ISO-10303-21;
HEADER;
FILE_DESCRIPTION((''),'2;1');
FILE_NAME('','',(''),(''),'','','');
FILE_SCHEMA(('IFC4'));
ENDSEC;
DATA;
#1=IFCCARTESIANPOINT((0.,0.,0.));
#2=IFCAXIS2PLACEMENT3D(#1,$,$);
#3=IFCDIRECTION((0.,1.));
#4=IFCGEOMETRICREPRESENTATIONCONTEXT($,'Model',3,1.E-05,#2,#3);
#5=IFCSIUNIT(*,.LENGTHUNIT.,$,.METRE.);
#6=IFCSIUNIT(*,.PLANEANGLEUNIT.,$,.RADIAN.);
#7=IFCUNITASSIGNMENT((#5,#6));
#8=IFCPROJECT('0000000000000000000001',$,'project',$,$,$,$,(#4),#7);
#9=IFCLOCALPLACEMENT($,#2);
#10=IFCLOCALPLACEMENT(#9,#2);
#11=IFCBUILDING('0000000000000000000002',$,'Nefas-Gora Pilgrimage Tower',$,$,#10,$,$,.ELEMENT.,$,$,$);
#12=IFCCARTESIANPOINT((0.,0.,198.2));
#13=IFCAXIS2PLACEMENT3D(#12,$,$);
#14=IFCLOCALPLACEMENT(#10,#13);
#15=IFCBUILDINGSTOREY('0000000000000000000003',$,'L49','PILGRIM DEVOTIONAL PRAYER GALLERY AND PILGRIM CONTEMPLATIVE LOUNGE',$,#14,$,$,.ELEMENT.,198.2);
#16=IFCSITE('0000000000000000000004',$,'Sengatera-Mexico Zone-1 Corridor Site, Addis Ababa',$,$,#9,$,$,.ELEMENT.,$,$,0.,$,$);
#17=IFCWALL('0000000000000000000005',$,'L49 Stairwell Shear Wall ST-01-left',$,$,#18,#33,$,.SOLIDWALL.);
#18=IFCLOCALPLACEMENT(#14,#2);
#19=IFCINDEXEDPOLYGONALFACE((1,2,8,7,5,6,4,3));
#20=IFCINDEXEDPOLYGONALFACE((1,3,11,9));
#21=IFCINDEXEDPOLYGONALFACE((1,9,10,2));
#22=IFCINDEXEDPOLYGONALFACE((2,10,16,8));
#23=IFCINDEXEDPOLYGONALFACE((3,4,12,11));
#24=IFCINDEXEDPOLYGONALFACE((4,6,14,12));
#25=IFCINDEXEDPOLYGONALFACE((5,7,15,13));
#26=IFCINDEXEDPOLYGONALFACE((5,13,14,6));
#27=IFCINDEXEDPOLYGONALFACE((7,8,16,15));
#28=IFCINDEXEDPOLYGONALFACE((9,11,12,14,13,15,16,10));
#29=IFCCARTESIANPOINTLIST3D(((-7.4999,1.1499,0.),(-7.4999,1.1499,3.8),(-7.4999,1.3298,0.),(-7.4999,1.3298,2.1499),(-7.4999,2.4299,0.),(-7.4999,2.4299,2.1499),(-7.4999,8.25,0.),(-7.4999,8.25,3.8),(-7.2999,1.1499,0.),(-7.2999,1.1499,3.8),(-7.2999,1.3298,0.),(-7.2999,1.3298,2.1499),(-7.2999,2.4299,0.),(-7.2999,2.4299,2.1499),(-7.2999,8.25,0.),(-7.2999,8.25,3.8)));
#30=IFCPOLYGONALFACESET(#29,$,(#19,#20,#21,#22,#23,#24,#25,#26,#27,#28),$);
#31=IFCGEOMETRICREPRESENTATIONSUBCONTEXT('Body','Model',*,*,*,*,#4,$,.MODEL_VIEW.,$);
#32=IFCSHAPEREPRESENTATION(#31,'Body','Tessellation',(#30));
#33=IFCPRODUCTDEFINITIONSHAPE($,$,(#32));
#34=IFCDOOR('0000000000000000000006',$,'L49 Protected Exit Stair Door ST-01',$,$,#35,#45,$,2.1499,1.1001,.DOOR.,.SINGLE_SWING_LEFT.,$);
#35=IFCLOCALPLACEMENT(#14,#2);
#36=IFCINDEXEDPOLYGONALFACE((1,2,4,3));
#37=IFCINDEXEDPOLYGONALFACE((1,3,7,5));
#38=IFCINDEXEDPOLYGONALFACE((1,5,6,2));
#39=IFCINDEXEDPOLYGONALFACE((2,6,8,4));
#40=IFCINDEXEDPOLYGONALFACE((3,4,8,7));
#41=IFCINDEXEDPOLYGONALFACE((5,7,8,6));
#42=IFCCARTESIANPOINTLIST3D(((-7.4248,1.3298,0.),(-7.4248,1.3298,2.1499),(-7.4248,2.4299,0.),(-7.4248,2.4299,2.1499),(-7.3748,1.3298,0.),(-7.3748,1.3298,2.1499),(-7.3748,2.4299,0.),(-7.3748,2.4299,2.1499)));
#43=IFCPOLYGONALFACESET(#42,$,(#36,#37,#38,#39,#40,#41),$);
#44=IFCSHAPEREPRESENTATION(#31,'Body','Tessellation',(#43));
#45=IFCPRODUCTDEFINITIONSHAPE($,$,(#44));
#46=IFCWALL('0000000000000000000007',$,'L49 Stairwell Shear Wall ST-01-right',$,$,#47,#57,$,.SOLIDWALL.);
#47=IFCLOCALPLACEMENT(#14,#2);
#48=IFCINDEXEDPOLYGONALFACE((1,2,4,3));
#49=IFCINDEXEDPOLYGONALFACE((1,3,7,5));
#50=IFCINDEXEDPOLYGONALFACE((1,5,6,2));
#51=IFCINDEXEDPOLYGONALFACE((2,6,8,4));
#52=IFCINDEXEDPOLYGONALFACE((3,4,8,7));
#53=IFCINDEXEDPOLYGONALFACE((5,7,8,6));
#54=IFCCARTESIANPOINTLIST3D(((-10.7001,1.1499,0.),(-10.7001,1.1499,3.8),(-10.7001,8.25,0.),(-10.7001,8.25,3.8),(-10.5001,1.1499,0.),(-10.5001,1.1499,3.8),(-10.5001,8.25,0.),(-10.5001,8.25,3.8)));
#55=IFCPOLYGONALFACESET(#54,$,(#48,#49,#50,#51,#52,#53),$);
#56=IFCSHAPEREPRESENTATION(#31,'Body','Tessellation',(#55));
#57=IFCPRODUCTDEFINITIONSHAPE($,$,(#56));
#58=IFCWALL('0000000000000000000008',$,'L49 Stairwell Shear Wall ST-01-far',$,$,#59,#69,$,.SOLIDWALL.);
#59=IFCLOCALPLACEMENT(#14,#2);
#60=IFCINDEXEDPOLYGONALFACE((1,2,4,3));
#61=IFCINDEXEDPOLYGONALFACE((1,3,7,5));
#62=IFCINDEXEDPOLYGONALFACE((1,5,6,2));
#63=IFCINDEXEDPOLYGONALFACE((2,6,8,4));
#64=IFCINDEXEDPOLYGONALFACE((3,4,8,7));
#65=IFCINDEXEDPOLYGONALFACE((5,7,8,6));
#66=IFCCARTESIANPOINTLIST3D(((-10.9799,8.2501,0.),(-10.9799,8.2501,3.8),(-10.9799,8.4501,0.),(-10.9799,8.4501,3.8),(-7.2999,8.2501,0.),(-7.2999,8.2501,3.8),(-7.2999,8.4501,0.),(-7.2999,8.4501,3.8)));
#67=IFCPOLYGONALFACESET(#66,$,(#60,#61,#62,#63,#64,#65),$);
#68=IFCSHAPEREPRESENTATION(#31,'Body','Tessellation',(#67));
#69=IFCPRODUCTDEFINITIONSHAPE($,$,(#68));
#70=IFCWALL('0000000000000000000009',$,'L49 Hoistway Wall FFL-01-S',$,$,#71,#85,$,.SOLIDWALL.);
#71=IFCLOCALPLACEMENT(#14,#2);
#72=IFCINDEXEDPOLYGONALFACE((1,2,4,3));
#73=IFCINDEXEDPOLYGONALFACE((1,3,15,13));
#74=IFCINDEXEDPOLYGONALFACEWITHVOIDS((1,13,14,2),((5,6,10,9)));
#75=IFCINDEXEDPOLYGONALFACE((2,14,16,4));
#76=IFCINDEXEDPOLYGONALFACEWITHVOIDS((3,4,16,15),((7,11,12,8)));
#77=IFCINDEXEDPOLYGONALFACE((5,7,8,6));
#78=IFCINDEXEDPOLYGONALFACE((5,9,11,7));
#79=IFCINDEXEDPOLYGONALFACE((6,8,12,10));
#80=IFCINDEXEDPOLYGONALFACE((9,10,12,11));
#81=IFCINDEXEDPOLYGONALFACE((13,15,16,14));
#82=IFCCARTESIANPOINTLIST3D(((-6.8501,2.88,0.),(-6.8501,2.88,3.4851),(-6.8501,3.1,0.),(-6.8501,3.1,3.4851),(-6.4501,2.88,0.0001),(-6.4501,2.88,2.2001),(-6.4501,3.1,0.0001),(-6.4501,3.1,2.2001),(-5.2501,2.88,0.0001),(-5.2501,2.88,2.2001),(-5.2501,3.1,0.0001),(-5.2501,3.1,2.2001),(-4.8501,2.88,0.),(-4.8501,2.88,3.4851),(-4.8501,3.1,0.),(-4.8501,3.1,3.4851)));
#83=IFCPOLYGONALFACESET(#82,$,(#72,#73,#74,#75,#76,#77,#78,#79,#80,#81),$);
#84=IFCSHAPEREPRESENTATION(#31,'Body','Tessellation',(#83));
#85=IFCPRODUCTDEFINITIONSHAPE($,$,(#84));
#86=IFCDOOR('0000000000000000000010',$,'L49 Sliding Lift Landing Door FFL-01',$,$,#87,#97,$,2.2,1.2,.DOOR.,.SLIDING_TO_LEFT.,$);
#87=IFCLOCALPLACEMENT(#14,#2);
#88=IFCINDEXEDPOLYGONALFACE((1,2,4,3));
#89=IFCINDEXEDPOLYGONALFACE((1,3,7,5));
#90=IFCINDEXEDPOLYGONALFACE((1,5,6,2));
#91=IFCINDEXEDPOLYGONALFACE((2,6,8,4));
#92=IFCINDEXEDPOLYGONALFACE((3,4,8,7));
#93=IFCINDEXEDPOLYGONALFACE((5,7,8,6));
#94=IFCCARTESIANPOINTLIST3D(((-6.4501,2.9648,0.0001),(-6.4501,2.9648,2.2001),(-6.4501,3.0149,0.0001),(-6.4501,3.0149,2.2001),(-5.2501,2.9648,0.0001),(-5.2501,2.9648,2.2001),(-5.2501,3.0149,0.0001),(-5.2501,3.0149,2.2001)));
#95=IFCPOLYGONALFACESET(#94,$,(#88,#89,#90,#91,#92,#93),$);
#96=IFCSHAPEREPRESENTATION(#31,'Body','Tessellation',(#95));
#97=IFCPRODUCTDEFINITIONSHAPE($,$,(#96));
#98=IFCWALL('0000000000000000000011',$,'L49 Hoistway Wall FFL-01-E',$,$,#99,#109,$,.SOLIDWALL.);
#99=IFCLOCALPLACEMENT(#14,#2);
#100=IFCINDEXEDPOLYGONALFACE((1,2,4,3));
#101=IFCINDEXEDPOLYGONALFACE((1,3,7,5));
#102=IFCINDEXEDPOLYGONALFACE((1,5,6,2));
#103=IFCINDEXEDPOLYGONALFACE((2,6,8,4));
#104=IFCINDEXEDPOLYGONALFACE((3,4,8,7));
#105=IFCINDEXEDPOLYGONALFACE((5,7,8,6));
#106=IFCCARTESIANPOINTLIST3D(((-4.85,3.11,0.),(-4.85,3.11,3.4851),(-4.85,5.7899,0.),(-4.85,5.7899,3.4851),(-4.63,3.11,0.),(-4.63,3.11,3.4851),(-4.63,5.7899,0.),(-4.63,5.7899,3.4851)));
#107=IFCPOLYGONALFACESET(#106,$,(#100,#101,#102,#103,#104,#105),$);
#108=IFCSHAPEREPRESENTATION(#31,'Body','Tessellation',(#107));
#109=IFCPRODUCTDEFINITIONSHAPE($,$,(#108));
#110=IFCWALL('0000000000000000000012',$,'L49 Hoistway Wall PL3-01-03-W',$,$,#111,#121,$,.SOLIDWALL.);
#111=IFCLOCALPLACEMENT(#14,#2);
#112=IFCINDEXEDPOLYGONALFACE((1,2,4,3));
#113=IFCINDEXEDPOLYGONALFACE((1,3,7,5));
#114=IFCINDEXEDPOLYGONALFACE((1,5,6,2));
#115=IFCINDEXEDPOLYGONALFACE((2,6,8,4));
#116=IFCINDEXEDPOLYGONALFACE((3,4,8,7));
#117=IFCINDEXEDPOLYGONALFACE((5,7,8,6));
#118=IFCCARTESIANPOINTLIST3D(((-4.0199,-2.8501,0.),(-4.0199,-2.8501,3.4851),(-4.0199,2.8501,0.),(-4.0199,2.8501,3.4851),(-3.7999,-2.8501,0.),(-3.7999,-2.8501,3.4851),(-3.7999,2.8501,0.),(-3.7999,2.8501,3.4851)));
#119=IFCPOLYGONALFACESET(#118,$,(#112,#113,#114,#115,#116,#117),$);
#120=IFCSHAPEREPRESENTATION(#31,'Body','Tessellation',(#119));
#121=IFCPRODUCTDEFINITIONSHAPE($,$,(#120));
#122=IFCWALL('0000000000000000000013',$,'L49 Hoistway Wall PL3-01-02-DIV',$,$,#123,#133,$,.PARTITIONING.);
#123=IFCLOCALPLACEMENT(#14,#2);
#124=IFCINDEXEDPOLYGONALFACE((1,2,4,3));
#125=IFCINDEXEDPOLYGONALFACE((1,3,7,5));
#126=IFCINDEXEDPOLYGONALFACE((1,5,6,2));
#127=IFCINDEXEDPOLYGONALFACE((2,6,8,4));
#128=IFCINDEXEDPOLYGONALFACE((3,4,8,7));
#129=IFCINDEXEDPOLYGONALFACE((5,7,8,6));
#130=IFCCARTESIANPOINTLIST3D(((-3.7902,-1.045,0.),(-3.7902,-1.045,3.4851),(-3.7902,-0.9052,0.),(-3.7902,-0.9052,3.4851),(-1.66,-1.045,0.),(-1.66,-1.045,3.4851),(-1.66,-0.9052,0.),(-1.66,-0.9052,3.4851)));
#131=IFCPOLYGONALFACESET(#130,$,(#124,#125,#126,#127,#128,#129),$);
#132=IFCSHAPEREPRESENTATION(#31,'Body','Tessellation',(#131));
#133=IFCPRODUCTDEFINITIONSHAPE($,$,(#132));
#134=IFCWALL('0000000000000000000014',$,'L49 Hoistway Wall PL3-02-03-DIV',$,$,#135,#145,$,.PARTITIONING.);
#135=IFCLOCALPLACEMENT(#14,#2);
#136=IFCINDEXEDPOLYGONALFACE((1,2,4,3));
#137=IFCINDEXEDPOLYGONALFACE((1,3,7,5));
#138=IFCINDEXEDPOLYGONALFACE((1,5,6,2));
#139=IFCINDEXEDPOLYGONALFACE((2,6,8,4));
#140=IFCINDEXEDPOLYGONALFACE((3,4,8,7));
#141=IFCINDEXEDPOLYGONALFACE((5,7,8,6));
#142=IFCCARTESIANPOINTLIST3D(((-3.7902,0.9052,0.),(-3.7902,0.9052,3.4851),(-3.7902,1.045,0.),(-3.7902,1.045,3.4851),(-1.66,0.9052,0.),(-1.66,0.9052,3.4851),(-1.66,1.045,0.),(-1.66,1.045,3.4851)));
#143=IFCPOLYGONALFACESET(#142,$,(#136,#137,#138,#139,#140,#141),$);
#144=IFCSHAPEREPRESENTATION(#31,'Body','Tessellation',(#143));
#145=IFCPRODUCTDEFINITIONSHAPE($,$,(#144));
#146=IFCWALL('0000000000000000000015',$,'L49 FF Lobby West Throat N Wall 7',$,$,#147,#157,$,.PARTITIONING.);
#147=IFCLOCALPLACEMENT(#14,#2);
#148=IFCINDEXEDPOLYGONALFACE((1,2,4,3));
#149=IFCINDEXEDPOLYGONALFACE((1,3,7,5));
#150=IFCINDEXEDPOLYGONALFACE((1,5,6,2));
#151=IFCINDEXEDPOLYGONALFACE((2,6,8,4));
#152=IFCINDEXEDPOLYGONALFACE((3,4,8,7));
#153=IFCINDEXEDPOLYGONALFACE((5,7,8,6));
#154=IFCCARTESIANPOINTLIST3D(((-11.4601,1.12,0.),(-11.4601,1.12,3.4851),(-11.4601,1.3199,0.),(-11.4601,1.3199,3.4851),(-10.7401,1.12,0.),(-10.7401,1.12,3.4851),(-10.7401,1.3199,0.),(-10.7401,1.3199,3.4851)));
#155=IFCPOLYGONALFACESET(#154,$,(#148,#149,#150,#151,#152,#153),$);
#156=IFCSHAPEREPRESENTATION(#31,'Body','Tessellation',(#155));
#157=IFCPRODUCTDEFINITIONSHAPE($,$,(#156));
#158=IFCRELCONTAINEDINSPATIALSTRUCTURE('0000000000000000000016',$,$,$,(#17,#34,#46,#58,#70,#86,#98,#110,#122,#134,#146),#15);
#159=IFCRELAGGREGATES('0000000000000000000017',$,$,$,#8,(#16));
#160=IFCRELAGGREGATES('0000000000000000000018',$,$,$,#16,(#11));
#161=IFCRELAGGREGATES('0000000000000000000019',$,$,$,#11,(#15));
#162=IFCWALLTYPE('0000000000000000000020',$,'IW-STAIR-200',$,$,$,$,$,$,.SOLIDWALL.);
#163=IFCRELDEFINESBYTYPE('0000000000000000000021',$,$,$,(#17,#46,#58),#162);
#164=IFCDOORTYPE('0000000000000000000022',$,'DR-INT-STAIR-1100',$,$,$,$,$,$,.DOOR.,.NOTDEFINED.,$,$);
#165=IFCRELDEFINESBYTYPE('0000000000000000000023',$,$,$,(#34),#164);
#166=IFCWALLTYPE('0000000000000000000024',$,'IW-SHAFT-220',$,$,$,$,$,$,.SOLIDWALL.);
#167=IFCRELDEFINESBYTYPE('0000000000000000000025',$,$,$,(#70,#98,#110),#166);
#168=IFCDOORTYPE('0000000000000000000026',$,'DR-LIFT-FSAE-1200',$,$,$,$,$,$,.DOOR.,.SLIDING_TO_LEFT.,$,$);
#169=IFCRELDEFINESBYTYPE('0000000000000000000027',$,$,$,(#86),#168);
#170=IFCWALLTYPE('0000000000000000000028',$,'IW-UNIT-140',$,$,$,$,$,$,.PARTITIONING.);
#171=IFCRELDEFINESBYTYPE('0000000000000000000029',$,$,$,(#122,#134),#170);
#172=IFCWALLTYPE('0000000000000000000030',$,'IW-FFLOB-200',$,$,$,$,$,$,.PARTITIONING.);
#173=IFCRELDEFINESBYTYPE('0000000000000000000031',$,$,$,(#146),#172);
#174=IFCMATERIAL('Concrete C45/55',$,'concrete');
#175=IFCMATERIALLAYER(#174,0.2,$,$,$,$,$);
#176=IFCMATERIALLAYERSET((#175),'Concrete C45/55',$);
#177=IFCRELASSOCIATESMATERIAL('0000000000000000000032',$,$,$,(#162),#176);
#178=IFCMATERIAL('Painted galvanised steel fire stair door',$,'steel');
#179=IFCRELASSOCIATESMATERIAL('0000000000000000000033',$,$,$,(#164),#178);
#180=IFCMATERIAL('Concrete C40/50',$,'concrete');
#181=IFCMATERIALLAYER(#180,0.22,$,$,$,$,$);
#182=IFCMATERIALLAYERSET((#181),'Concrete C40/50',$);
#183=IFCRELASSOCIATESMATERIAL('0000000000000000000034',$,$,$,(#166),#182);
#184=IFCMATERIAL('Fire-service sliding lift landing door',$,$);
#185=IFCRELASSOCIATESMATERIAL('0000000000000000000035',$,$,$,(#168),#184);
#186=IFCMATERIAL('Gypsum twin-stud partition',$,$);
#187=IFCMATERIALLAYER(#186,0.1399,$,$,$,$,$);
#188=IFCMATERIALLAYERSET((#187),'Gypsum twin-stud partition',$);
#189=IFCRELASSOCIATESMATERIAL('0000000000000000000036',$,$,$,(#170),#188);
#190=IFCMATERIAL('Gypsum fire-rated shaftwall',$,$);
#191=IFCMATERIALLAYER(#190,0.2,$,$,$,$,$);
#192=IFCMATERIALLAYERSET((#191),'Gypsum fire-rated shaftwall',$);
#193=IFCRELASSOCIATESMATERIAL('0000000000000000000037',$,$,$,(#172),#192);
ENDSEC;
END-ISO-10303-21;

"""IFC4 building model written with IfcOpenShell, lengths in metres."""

from ifc_helpers import new_model, si_unit, direction, frame, frame_2d, origin, place, context, subcontext, project, spatial, rectangle, extrude, source, transform, mapped, material, layer, layer_set, type_object, element, fill, save


model = new_model("IFC4")

# Units and contexts
model_context = context("Model", 3, precision=1e-05, world=origin(), true_north=direction((0.0, 1.0)))
body_context = subcontext(model_context, "Body", "Model", "MODEL_VIEW")
ifc_project = project(units=[si_unit("LENGTHUNIT", "METRE"), si_unit("PLANEANGLEUNIT", "RADIAN")], contexts=[model_context])

# Site, building, storey
site_placement = place(None, origin())
site = spatial("IfcSite", under=ifc_project, at=site_placement, Name="Sengatera-Mexico Zone-1 Corridor Site, Addis Ababa", CompositionType="ELEMENT", RefElevation=0.0)
building_placement = place(site_placement, origin())
building = spatial("IfcBuilding", under=site, at=building_placement, Name="Nefas-Gora Pilgrimage Tower", CompositionType="ELEMENT")
storey_placement = place(building_placement, frame((0.0, 0.0, 198.2)))
storey = spatial("IfcBuildingStorey", under=building, at=storey_placement, Name="L49", Description="PILGRIM DEVOTIONAL PRAYER GALLERY AND PILGRIM CONTEMPLATIVE LOUNGE", CompositionType="ELEMENT", Elevation=198.2)

# Shared definitions
ifc_material_1 = material(Name="Concrete C45/55", Category="concrete")
ifc_layer_1 = layer(ifc_material_1, 0.2)
ifc_layer_set_1 = layer_set([ifc_layer_1], Name="Concrete C45/55")
wall_type_1 = type_object("IfcWallType", Name="IW-STAIR-200", PredefinedType="SOLIDWALL", material=ifc_layer_set_1)

# Wall, opening, door
shared_shape_1 = source(origin(), body_context, "Body", "SweptSolid", [
    extrude(rectangle(XDim=7.1001, YDim=0.2, at=frame_2d((3.55, 0.0))), origin(), (0.0, 0.0, 1.0), 3.8),
])
wall_1_placement = place(storey_placement, frame((-7.3999, 1.1499, 0.0), z_axis=(0.0, 0.0, 1.0), x_axis=(0.0, 1.0, 0.0)))
wall_1 = element("IfcWall", 1, at=wall_1_placement, inside=storey, type_object=wall_type_1, Name="L49 Stairwell Shear Wall ST-01-left", PredefinedType="SOLIDWALL", context=body_context, shape_type="MappedRepresentation", body=[
    mapped(shared_shape_1, transform((0.0, 0.0, 0.0), x_axis=(1.0, 0.0, 0.0), y_axis=(0.0, 1.0, 0.0), z_axis=(0.0, 0.0, 1.0), scale=1.0)),
])
opening_1_placement = place(wall_1_placement, frame((0.1799, 0.0, 0.0)))
opening_1 = element("IfcOpeningElement", 2, at=opening_1_placement, cuts=wall_1, PredefinedType="OPENING", context=body_context, shape_type="SweptSolid", body=[
    extrude(rectangle(XDim=1.1001, YDim=2.1499, at=frame_2d((0.55, 1.075))), frame((0.0, 0.1099, 0.0), z_axis=(0.0, -1.0, 0.0), x_axis=(1.0, 0.0, 0.0)), (0.0, 0.0, 1.0), 0.22),
])
ifc_material_2 = material(Name="Painted galvanised steel fire stair door", Category="steel")
door_type_1 = type_object("IfcDoorType", Name="DR-INT-STAIR-1100", OperationType="NOTDEFINED", PredefinedType="DOOR", material=ifc_material_2)
shared_shape_2 = source(origin(), body_context, "Body", "SweptSolid", [
    extrude(rectangle(XDim=1.1001, YDim=2.1499, at=frame_2d((0.55, 1.075))), frame((0.0, 0.0249, 0.0), z_axis=(0.0, -1.0, 0.0), x_axis=(1.0, 0.0, 0.0)), (0.0, 0.0, 1.0), 0.05),
])
door_1_placement = place(opening_1_placement, origin())
door_1 = element("IfcDoor", 3, at=door_1_placement, inside=storey, type_object=door_type_1, Name="L49 Protected Exit Stair Door ST-01", OperationType="SINGLE_SWING_LEFT", OverallHeight=2.1499, OverallWidth=1.1001, PredefinedType="DOOR", context=body_context, shape_type="MappedRepresentation", body=[
    mapped(shared_shape_2, transform((0.0, 0.0, 0.0), x_axis=(1.0, 0.0, 0.0), y_axis=(0.0, 1.0, 0.0), z_axis=(0.0, 0.0, 1.0), scale=1.0)),
])
fill(opening_1, door_1)

# Walls
wall_2_placement = place(storey_placement, frame((-10.6001, 1.1499, 0.0), z_axis=(0.0, 0.0, 1.0), x_axis=(0.0, 1.0, 0.0)))
element("IfcWall", 4, at=wall_2_placement, inside=storey, type_object=wall_type_1, Name="L49 Stairwell Shear Wall ST-01-right", PredefinedType="SOLIDWALL", context=body_context, shape_type="MappedRepresentation", body=[
    mapped(shared_shape_1, transform((0.0, 0.0, 0.0), x_axis=(1.0, 0.0, 0.0), y_axis=(0.0, 1.0, 0.0), z_axis=(0.0, 0.0, 1.0), scale=1.0)),
])
shared_shape_3 = source(origin(), body_context, "Body", "SweptSolid", [
    extrude(rectangle(XDim=3.6799, YDim=0.2, at=frame_2d((1.8398, 0.0))), origin(), (0.0, 0.0, 1.0), 3.8),
])
wall_3_placement = place(storey_placement, frame((-7.3, 8.3501, 0.0), z_axis=(0.0, 0.0, 1.0), x_axis=(-1.0, 0.0, 0.0)))
element("IfcWall", 5, at=wall_3_placement, inside=storey, type_object=wall_type_1, Name="L49 Stairwell Shear Wall ST-01-far", PredefinedType="SOLIDWALL", context=body_context, shape_type="MappedRepresentation", body=[
    mapped(shared_shape_3, transform((0.0, 0.0, 0.0), x_axis=(1.0, 0.0, 0.0), y_axis=(0.0, 1.0, 0.0), z_axis=(0.0, 0.0, 1.0), scale=1.0)),
])

# Wall, opening, door
ifc_material_3 = material(Name="Concrete C40/50", Category="concrete")
ifc_layer_2 = layer(ifc_material_3, 0.22)
ifc_layer_set_2 = layer_set([ifc_layer_2], Name="Concrete C40/50")
wall_type_2 = type_object("IfcWallType", Name="IW-SHAFT-220", PredefinedType="SOLIDWALL", material=ifc_layer_set_2)
shared_shape_4 = source(origin(), body_context, "Body", "SweptSolid", [
    extrude(rectangle(XDim=2.0, YDim=0.22, at=frame_2d((1.0, 0.0))), origin(), (0.0, 0.0, 1.0), 3.4851),
])
wall_4_placement = place(storey_placement, frame((-6.8501, 2.99, 0.0), z_axis=(0.0, 0.0, 1.0), x_axis=(1.0, 0.0, 0.0)))
wall_4 = element("IfcWall", 6, at=wall_4_placement, inside=storey, type_object=wall_type_2, Name="L49 Hoistway Wall FFL-01-S", PredefinedType="SOLIDWALL", context=body_context, shape_type="MappedRepresentation", body=[
    mapped(shared_shape_4, transform((0.0, 0.0, 0.0), x_axis=(1.0, 0.0, 0.0), y_axis=(0.0, 1.0, 0.0), z_axis=(0.0, 0.0, 1.0), scale=1.0)),
])
opening_2_placement = place(wall_4_placement, frame((0.3999, 0.0, 0.0)))
opening_2 = element("IfcOpeningElement", 7, at=opening_2_placement, cuts=wall_4, PredefinedType="OPENING", context=body_context, shape_type="SweptSolid", body=[
    extrude(rectangle(XDim=1.2, YDim=2.2, at=frame_2d((0.6001, 1.1001))), frame((0.0, 0.1199, 0.0), z_axis=(0.0, -1.0, 0.0), x_axis=(1.0, 0.0, 0.0)), (0.0, 0.0, 1.0), 0.24),
])
ifc_material_4 = material(Name="Fire-service sliding lift landing door")
door_type_2 = type_object("IfcDoorType", Name="DR-LIFT-FSAE-1200", OperationType="SLIDING_TO_LEFT", PredefinedType="DOOR", material=ifc_material_4)
shared_shape_5 = source(origin(), body_context, "Body", "SweptSolid", [
    extrude(rectangle(XDim=1.2, YDim=2.2, at=frame_2d((0.6001, 1.1001))), frame((0.0, 0.0249, 0.0), z_axis=(0.0, -1.0, 0.0), x_axis=(1.0, 0.0, 0.0)), (0.0, 0.0, 1.0), 0.05),
])
door_2_placement = place(opening_2_placement, origin())
door_2 = element("IfcDoor", 8, at=door_2_placement, inside=storey, type_object=door_type_2, Name="L49 Sliding Lift Landing Door FFL-01", OperationType="SLIDING_TO_LEFT", OverallHeight=2.2, OverallWidth=1.2, PredefinedType="DOOR", context=body_context, shape_type="MappedRepresentation", body=[
    mapped(shared_shape_5, transform((0.0, 0.0, 0.0), x_axis=(1.0, 0.0, 0.0), y_axis=(0.0, 1.0, 0.0), z_axis=(0.0, 0.0, 1.0), scale=1.0)),
])
fill(opening_2, door_2)

# Walls
shared_shape_6 = source(origin(), body_context, "Body", "SweptSolid", [
    extrude(rectangle(XDim=2.6799, YDim=0.22, at=frame_2d((1.3398, 0.0))), origin(), (0.0, 0.0, 1.0), 3.4851),
])
wall_5_placement = place(storey_placement, frame((-4.74, 3.1101, 0.0), z_axis=(0.0, 0.0, 1.0), x_axis=(0.0, 1.0, 0.0)))
element("IfcWall", 9, at=wall_5_placement, inside=storey, type_object=wall_type_2, Name="L49 Hoistway Wall FFL-01-E", PredefinedType="SOLIDWALL", context=body_context, shape_type="MappedRepresentation", body=[
    mapped(shared_shape_6, transform((0.0, 0.0, 0.0), x_axis=(1.0, 0.0, 0.0), y_axis=(0.0, 1.0, 0.0), z_axis=(0.0, 0.0, 1.0), scale=1.0)),
])
shared_shape_7 = source(origin(), body_context, "Body", "SweptSolid", [
    extrude(rectangle(XDim=5.7002, YDim=0.22, at=frame_2d((2.8501, 0.0))), origin(), (0.0, 0.0, 1.0), 3.4851),
])
wall_6_placement = place(storey_placement, frame((-3.9099, 2.8501, 0.0), z_axis=(0.0, 0.0, 1.0), x_axis=(0.0, -1.0, 0.0)))
element("IfcWall", 10, at=wall_6_placement, inside=storey, type_object=wall_type_2, Name="L49 Hoistway Wall PL3-01-03-W", PredefinedType="SOLIDWALL", context=body_context, shape_type="MappedRepresentation", body=[
    mapped(shared_shape_7, transform((0.0, 0.0, 0.0), x_axis=(1.0, 0.0, 0.0), y_axis=(0.0, 1.0, 0.0), z_axis=(0.0, 0.0, 1.0), scale=1.0)),
])
ifc_material_5 = material(Name="Gypsum twin-stud partition")
ifc_layer_3 = layer(ifc_material_5, 0.1399)
ifc_layer_set_3 = layer_set([ifc_layer_3], Name="Gypsum twin-stud partition")
wall_type_3 = type_object("IfcWallType", Name="IW-UNIT-140", PredefinedType="PARTITIONING", material=ifc_layer_set_3)
shared_shape_8 = source(origin(), body_context, "Body", "SweptSolid", [
    extrude(rectangle(XDim=2.1301, YDim=0.1399, at=frame_2d((1.0649, 0.0))), origin(), (0.0, 0.0, 1.0), 3.4851),
])
for number, where, z_axis, x_axis, name in (
    (11, (-3.79, -0.9751, 0.0), (0.0, 0.0, 1.0), (1.0, 0.0, 0.0), "L49 Hoistway Wall PL3-01-02-DIV"),
    (12, (-3.79, 0.9751, 0.0), (0.0, 0.0, 1.0), (1.0, 0.0, 0.0), "L49 Hoistway Wall PL3-02-03-DIV"),
):
    element("IfcWall", number, at=place(storey_placement, frame(where, z_axis=z_axis, x_axis=x_axis)), inside=storey, type_object=wall_type_3, Name=name, PredefinedType="PARTITIONING", context=body_context, shape_type="MappedRepresentation", body=[
        mapped(shared_shape_8, transform((0.0, 0.0, 0.0), x_axis=(1.0, 0.0, 0.0), y_axis=(0.0, 1.0, 0.0), z_axis=(0.0, 0.0, 1.0), scale=1.0)),
    ])
ifc_material_6 = material(Name="Gypsum fire-rated shaftwall")
ifc_layer_4 = layer(ifc_material_6, 0.2)
ifc_layer_set_4 = layer_set([ifc_layer_4], Name="Gypsum fire-rated shaftwall")
wall_type_4 = type_object("IfcWallType", Name="IW-FFLOB-200", PredefinedType="PARTITIONING", material=ifc_layer_set_4)
shared_shape_9 = source(origin(), body_context, "Body", "SweptSolid", [
    extrude(rectangle(XDim=0.72, YDim=0.2, at=frame_2d((0.3599, 0.0))), origin(), (0.0, 0.0, 1.0), 3.4851),
])
wall_7_placement = place(storey_placement, frame((-11.46, 1.22, 0.0), z_axis=(0.0, 0.0, 1.0), x_axis=(1.0, 0.0, 0.0)))
element("IfcWall", 13, at=wall_7_placement, inside=storey, type_object=wall_type_4, Name="L49 FF Lobby West Throat N Wall 7", PredefinedType="PARTITIONING", context=body_context, shape_type="MappedRepresentation", body=[
    mapped(shared_shape_9, transform((0.0, 0.0, 0.0), x_axis=(1.0, 0.0, 0.0), y_axis=(0.0, 1.0, 0.0), z_axis=(0.0, 0.0, 1.0), scale=1.0)),
])

save(model, "model.ifc")
